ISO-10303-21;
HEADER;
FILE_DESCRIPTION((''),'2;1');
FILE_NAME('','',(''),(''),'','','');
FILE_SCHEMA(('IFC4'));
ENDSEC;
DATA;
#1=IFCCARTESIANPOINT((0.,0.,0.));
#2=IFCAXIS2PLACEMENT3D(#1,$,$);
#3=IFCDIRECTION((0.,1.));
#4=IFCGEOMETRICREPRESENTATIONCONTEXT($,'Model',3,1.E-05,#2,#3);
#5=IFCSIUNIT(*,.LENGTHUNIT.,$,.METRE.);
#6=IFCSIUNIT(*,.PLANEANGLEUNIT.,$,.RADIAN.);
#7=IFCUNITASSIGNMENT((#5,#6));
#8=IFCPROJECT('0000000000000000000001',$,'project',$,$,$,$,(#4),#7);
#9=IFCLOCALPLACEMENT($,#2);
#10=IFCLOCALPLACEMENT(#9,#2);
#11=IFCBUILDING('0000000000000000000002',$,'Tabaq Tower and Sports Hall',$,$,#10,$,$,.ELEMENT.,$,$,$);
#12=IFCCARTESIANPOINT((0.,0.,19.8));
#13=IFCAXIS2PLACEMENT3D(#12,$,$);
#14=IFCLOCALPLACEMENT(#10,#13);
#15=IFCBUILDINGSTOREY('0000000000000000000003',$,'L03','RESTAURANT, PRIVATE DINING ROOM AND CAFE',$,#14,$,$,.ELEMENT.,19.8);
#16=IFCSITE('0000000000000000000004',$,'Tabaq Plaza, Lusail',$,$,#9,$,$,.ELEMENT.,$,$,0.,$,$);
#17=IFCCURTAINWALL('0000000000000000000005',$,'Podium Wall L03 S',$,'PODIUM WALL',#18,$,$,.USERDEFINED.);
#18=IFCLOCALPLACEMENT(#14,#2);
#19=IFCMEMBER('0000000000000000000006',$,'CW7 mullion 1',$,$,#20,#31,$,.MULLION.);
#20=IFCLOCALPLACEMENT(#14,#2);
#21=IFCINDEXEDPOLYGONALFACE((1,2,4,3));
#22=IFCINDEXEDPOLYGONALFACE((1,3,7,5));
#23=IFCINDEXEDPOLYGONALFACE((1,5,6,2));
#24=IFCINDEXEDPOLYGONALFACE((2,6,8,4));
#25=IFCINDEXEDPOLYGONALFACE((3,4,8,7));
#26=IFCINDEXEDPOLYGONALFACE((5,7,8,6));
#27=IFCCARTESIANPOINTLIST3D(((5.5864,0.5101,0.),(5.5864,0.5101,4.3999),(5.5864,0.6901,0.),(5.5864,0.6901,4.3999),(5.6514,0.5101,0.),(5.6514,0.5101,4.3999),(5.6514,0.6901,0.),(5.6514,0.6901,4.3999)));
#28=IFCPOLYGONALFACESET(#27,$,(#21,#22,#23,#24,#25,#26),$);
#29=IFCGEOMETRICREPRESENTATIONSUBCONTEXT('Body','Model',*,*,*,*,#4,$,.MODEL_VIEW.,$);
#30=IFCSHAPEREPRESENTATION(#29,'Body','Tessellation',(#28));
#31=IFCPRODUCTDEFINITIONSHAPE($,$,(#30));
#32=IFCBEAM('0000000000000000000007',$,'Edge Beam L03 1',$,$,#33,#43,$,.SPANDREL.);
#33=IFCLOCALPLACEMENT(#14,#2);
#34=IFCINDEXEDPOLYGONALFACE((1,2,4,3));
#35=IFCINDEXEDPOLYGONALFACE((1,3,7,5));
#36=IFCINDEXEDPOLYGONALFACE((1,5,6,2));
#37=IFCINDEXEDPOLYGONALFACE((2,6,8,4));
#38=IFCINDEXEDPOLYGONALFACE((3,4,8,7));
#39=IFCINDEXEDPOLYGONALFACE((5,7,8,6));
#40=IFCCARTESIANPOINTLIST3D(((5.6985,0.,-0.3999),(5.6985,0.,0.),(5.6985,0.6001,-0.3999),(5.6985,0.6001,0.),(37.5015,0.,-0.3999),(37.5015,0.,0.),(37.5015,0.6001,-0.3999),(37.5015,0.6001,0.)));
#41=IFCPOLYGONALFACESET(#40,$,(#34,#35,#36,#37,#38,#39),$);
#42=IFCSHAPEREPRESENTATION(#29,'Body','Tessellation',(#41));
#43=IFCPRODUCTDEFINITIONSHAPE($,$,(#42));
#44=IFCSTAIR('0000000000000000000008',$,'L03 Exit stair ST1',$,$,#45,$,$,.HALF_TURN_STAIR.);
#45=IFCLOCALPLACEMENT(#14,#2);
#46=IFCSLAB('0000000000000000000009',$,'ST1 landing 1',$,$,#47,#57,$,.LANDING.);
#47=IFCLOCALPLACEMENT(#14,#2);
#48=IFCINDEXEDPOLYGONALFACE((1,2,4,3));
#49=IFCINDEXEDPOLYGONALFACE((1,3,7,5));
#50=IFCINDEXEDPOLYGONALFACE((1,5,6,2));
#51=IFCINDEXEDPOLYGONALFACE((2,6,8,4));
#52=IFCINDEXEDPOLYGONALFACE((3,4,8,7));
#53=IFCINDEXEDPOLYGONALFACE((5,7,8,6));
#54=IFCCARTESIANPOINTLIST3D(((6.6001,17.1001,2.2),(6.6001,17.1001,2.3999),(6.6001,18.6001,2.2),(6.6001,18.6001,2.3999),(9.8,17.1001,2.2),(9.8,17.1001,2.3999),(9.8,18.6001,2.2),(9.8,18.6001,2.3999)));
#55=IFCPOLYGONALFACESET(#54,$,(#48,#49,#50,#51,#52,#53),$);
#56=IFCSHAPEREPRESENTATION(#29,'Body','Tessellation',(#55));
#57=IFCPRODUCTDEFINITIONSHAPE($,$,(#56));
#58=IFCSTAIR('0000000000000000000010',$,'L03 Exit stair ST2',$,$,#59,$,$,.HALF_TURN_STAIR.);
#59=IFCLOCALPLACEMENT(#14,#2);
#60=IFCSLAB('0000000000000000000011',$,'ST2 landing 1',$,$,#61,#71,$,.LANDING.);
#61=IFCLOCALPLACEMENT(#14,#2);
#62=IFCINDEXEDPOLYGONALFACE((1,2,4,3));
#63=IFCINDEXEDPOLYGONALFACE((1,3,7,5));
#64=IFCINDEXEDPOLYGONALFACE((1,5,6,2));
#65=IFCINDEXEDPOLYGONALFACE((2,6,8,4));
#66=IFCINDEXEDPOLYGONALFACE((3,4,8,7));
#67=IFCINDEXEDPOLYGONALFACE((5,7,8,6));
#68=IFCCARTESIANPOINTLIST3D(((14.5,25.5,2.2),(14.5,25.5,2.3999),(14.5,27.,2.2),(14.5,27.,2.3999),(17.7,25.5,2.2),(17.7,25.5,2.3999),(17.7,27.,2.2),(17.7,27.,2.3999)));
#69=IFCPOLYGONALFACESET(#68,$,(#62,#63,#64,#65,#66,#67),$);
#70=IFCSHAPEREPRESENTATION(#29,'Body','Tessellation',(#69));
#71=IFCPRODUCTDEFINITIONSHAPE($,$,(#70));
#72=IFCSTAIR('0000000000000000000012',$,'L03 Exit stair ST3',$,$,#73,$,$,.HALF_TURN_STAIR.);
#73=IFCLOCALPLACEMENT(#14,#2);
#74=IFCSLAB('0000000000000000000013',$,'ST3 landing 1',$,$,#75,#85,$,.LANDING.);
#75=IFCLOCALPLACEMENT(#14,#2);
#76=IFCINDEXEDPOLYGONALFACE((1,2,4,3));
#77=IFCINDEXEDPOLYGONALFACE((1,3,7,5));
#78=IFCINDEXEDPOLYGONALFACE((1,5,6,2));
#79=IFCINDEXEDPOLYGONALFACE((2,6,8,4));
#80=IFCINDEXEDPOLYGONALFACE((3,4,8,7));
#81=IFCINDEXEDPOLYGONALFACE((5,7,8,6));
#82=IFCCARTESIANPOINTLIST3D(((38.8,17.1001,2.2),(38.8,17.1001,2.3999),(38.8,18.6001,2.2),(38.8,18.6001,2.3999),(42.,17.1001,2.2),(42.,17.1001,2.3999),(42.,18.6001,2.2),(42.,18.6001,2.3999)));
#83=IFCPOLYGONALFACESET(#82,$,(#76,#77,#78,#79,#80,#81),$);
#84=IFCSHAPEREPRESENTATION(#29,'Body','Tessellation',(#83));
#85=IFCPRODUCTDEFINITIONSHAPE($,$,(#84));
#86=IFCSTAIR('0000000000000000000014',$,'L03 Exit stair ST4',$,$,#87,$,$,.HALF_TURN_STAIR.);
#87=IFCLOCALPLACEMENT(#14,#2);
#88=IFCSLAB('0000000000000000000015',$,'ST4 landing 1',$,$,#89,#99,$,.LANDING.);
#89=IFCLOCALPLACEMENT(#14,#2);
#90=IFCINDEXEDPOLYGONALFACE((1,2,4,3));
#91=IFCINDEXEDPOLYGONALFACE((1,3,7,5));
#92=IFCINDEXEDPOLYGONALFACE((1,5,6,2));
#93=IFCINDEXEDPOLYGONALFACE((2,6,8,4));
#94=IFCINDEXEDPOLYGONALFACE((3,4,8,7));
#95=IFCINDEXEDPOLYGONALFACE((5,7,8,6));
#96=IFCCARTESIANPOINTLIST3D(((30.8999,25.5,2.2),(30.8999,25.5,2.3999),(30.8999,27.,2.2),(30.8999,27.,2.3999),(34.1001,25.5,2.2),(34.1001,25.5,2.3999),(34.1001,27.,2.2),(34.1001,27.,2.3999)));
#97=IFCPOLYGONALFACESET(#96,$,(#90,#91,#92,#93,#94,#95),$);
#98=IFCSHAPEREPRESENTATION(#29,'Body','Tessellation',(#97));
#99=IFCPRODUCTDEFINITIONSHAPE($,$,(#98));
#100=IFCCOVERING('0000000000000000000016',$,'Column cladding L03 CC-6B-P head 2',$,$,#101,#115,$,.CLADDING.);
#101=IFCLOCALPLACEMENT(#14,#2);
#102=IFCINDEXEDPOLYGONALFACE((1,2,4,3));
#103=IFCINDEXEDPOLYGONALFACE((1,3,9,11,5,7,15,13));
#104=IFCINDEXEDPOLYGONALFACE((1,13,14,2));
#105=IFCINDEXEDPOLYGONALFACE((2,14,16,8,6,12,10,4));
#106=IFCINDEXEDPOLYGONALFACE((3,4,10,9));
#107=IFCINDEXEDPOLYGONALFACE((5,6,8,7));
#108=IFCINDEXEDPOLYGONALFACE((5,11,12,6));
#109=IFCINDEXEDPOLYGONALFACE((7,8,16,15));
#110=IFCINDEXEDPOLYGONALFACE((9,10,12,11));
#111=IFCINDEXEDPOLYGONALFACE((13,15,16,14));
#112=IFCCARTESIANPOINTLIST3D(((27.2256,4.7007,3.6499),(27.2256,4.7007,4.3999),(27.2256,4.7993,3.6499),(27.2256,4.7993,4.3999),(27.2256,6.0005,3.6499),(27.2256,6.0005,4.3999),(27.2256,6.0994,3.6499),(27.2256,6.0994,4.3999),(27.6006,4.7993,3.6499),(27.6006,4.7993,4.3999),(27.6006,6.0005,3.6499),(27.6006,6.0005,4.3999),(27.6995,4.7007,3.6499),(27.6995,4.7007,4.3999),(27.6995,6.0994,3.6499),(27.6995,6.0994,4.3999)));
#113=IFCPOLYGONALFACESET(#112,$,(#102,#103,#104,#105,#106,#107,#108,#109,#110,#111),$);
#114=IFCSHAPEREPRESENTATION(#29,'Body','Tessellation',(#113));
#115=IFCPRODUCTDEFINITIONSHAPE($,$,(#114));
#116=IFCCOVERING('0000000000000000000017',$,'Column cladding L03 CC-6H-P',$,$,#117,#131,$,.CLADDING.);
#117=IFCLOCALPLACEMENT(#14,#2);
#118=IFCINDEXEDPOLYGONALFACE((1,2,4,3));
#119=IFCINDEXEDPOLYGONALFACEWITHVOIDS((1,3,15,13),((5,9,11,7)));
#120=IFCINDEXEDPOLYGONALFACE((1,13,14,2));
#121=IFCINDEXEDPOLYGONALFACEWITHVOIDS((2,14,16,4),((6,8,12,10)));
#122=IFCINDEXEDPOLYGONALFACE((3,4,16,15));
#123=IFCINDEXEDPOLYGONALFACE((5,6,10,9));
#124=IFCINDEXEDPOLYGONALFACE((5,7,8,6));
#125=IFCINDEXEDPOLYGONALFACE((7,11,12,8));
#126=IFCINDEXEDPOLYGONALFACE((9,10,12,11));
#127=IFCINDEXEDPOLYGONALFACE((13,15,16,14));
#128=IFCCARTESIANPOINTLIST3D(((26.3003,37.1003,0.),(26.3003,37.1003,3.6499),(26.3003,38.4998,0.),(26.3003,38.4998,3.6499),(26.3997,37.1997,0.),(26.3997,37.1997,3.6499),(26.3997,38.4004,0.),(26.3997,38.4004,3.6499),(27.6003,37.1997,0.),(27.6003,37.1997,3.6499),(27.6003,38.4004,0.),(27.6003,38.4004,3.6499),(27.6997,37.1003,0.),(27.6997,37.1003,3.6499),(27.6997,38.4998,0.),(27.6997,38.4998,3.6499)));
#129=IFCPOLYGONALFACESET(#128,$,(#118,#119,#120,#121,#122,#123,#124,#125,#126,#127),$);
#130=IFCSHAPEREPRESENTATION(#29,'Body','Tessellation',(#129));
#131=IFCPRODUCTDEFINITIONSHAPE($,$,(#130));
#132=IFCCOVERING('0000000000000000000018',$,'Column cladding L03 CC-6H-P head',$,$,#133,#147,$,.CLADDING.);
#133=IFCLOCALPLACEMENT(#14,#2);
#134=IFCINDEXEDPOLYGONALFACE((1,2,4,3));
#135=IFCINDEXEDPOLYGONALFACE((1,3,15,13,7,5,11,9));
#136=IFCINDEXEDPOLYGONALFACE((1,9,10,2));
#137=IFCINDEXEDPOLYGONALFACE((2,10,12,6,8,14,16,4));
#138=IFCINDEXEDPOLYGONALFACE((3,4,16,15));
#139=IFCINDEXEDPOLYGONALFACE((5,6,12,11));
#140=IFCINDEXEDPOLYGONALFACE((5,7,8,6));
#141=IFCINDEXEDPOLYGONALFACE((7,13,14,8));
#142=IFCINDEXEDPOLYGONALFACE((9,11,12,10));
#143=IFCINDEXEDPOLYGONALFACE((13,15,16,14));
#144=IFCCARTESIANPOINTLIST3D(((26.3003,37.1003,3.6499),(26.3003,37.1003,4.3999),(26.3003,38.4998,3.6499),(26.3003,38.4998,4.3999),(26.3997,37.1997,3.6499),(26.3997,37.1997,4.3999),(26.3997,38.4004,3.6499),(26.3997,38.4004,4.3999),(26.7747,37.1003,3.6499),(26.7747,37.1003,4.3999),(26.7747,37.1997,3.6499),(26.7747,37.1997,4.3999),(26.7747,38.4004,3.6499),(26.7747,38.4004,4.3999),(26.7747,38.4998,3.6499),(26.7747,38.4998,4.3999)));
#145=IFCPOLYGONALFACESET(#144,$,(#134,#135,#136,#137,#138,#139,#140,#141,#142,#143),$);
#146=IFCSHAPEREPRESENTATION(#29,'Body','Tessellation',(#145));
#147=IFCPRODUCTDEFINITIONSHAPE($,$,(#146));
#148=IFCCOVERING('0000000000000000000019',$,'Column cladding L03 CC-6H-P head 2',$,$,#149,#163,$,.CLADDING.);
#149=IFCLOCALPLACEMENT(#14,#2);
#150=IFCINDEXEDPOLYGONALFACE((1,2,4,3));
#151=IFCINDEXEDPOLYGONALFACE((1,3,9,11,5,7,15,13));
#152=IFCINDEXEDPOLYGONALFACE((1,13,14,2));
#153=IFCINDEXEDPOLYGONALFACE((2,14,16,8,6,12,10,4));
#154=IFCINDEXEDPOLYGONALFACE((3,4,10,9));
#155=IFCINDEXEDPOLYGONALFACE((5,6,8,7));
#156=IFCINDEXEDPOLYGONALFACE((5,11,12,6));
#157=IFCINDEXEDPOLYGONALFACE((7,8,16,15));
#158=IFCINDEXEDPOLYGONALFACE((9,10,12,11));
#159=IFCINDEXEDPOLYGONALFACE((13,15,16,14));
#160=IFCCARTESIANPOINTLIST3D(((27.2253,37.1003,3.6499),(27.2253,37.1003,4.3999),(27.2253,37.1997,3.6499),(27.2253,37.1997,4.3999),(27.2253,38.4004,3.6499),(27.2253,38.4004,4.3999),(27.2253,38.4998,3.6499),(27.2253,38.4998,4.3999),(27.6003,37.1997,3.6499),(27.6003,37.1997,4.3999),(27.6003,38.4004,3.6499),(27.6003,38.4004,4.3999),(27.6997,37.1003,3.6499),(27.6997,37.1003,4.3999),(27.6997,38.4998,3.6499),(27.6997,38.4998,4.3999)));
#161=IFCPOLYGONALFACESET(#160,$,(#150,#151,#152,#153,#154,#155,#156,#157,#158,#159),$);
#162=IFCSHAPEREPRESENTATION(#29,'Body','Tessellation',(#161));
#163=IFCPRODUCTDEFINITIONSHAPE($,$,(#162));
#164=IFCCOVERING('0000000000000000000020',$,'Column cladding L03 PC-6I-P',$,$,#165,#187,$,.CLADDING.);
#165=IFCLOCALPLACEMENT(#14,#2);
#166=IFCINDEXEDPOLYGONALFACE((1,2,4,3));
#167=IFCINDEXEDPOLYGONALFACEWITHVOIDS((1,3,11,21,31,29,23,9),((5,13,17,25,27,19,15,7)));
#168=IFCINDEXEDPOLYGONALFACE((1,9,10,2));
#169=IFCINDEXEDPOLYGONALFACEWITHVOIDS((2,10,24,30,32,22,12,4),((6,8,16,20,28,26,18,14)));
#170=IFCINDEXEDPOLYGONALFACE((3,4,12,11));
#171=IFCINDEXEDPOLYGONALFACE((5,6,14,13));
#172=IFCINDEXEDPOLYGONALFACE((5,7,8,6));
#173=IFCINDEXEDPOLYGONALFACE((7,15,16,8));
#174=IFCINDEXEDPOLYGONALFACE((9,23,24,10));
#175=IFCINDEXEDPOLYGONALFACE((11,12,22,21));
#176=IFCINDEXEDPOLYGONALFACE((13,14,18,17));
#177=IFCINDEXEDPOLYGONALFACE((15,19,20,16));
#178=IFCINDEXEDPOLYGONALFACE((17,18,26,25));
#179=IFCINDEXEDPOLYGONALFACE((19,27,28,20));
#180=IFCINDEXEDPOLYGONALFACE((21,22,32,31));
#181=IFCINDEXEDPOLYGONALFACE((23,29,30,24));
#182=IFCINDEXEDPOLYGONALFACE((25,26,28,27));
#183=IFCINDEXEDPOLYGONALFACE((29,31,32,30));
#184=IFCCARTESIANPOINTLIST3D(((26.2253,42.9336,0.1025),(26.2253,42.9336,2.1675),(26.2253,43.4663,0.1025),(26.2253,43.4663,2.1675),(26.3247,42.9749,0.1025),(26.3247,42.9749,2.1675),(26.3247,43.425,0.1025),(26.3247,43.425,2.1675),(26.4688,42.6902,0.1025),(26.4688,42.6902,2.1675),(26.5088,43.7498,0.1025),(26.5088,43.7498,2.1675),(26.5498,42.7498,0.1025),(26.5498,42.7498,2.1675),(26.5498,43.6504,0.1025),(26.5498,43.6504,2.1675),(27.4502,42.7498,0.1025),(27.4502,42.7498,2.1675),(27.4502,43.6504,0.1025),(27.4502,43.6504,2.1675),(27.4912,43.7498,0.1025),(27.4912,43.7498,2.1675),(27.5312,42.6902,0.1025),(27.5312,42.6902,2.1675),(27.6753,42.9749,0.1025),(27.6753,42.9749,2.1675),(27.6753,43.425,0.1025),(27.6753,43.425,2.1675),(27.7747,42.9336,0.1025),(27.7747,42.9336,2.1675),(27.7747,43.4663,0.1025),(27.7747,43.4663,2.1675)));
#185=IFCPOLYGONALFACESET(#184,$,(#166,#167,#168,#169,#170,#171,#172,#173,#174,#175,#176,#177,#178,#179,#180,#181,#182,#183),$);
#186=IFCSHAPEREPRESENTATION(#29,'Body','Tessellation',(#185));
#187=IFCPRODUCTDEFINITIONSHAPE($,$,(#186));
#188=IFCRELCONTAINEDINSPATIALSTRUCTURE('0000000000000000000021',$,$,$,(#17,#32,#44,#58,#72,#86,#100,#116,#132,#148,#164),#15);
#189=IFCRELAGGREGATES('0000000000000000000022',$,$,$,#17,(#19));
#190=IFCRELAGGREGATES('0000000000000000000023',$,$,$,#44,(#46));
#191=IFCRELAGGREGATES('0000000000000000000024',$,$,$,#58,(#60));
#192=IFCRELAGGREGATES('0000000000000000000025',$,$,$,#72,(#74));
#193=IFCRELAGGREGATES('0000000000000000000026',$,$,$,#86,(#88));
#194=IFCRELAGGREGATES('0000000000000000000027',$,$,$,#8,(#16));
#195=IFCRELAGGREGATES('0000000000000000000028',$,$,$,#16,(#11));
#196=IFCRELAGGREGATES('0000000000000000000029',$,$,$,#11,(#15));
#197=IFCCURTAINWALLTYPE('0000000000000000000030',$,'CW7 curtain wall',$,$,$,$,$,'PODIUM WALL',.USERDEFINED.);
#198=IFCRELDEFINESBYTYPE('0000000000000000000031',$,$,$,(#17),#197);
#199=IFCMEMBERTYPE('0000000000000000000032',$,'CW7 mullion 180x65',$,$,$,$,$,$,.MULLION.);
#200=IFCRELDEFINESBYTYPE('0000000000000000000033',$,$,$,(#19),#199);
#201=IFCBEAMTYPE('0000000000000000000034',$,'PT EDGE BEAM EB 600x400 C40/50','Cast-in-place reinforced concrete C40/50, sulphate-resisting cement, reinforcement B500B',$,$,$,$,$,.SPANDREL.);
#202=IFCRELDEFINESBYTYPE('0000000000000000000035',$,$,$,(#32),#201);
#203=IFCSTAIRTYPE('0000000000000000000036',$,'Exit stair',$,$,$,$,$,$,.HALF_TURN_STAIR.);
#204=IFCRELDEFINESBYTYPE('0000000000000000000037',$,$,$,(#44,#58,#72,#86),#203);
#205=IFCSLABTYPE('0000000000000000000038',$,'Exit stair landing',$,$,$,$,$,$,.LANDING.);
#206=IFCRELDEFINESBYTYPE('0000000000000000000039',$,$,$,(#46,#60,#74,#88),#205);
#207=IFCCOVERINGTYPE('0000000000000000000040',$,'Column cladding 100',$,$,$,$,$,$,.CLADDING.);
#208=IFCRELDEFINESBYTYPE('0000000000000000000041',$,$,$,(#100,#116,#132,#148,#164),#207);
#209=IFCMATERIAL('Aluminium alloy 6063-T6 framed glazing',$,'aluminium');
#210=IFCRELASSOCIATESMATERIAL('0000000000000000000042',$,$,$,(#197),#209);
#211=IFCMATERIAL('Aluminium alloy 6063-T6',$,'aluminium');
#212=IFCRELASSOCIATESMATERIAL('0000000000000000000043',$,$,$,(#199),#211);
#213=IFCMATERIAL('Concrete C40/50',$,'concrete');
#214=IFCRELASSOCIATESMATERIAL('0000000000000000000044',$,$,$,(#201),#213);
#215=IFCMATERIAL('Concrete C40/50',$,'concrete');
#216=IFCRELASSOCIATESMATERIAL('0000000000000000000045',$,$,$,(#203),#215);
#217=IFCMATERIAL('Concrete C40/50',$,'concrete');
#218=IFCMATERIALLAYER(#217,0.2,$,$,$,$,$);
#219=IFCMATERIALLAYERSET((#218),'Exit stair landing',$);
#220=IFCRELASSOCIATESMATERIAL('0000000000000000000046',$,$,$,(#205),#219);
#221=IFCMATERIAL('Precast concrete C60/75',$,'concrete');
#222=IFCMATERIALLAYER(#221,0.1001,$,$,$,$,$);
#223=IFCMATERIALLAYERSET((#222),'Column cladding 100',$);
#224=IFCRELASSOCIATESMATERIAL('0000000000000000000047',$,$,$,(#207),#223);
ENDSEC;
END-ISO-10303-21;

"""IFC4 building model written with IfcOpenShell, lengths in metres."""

from ifc_helpers import new_model, si_unit, direction, frame, origin, origin_2d, place, context, subcontext, project, spatial, polyline, rectangle, outline, extrude, material, layer, layer_set, material_profile, profile_set, type_object, element, aggregate, save


model = new_model("IFC4")

# Units and contexts
model_context = context("Model", 3, precision=1e-05, world=origin(), true_north=direction((0.0, 1.0)))
body_context = subcontext(model_context, "Body", "Model", "MODEL_VIEW")
ifc_project = project(units=[si_unit("LENGTHUNIT", "METRE"), si_unit("PLANEANGLEUNIT", "RADIAN")], contexts=[model_context])

# Site, building, storey
site_placement = place(None, origin())
site = spatial("IfcSite", under=ifc_project, at=site_placement, Name="Tabaq Plaza, Lusail", CompositionType="ELEMENT", RefElevation=0.0)
building_placement = place(site_placement, origin())
building = spatial("IfcBuilding", under=site, at=building_placement, Name="Tabaq Tower and Sports Hall", CompositionType="ELEMENT")
storey_placement = place(building_placement, frame((0.0, 0.0, 19.8)))
storey = spatial("IfcBuildingStorey", under=building, at=storey_placement, Name="L03", Description="RESTAURANT, PRIVATE DINING ROOM AND CAFE", CompositionType="ELEMENT", Elevation=19.8)

# Curtain wall, member
ifc_material_1 = material(Name="Aluminium alloy 6063-T6 framed glazing", Category="aluminium")
curtain_wall_type = type_object("IfcCurtainWallType", Name="CW7 curtain wall", ElementType="PODIUM WALL", PredefinedType="USERDEFINED", material=ifc_material_1)
curtain_wall_placement = place(storey_placement, origin())
curtain_wall = element("IfcCurtainWall", 1, at=curtain_wall_placement, inside=storey, type_object=curtain_wall_type, Name="Podium Wall L03 S", ObjectType="PODIUM WALL", PredefinedType="USERDEFINED")
ifc_material_2 = material(Name="Aluminium alloy 6063-T6", Category="aluminium")
ifc_material_profile_1 = material_profile(ifc_material_2, rectangle(XDim=0.1799, YDim=0.0649, at=origin_2d()), Name="MULLION 180x65")
ifc_profile_set_1 = profile_set([ifc_material_profile_1], Name="Aluminium alloy 6063-T6")
member_type = type_object("IfcMemberType", Name="CW7 mullion 180x65", PredefinedType="MULLION", material=ifc_profile_set_1)
member_placement = place(storey_placement, frame((5.6189, 0.6001, 0.0), z_axis=(0.0, 0.0, 1.0), x_axis=(0.0, 1.0, 0.0)))
member = element("IfcMember", 2, at=member_placement, type_object=member_type, Name="CW7 mullion 1", PredefinedType="MULLION", context=body_context, shape_type="SweptSolid", body=[
    extrude(rectangle(XDim=0.1799, YDim=0.0649, at=origin_2d()), origin(), (0.0, 0.0, 1.0), 4.3999),
])
aggregate(curtain_wall, [member])

# Beam
ifc_material_3 = material(Name="Concrete C40/50", Category="concrete")
ifc_material_profile_2 = material_profile(ifc_material_3, rectangle(XDim=0.6001, YDim=0.3999, at=origin_2d()), Name="EB 600x400")
ifc_profile_set_2 = profile_set([ifc_material_profile_2], Name="Concrete C40/50")
beam_type = type_object("IfcBeamType", Name="PT EDGE BEAM EB 600x400 C40/50", Description="Cast-in-place reinforced concrete C40/50, sulphate-resisting cement, reinforcement B500B", PredefinedType="SPANDREL", material=ifc_profile_set_2)
beam_placement = place(storey_placement, frame((5.6985, 0.3, -0.2), z_axis=(1.0, 0.0, 0.0), x_axis=(0.0, 1.0, 0.0)))
element("IfcBeam", 3, at=beam_placement, inside=storey, type_object=beam_type, Name="Edge Beam L03 1", PredefinedType="SPANDREL", context=body_context, shape_type="SweptSolid", body=[
    extrude(rectangle(XDim=0.6001, YDim=0.3999, at=origin_2d()), origin(), (0.0, 0.0, 1.0), 31.803),
])

# Stairs, slabs
ifc_material_4 = material(Name="Concrete C40/50", Category="concrete")
stair_type = type_object("IfcStairType", Name="Exit stair", PredefinedType="HALF_TURN_STAIR", material=ifc_material_4)
stair_1_placement = place(storey_placement, origin())
stair_1 = element("IfcStair", 4, at=stair_1_placement, inside=storey, type_object=stair_type, Name="L03 Exit stair ST1", PredefinedType="HALF_TURN_STAIR")
ifc_material_5 = material(Name="Concrete C40/50", Category="concrete")
ifc_layer_1 = layer(ifc_material_5, 0.2)
ifc_layer_set_1 = layer_set([ifc_layer_1], Name="Exit stair landing")
slab_type = type_object("IfcSlabType", Name="Exit stair landing", PredefinedType="LANDING", material=ifc_layer_set_1)
slab_1_placement = place(storey_placement, frame((0.0, 0.0, 2.2)))
slab_1 = element("IfcSlab", 5, at=slab_1_placement, type_object=slab_type, Name="ST1 landing 1", PredefinedType="LANDING", context=body_context, shape_type="SweptSolid", body=[
    extrude(outline(polyline([(6.6001, 18.6001), (6.6001, 17.1001), (9.8, 17.1001), (9.8, 18.6001), (6.6001, 18.6001)])), origin(), (0.0, 0.0, 1.0), 0.2),
])
aggregate(stair_1, [slab_1])
stair_2_placement = place(storey_placement, origin())
stair_2 = element("IfcStair", 6, at=stair_2_placement, inside=storey, type_object=stair_type, Name="L03 Exit stair ST2", PredefinedType="HALF_TURN_STAIR")
slab_2_placement = place(storey_placement, frame((0.0, 0.0, 2.2)))
slab_2 = element("IfcSlab", 7, at=slab_2_placement, type_object=slab_type, Name="ST2 landing 1", PredefinedType="LANDING", context=body_context, shape_type="SweptSolid", body=[
    extrude(outline(polyline([(14.5, 27.0), (14.5, 25.5), (17.7, 25.5), (17.7, 27.0), (14.5, 27.0)])), origin(), (0.0, 0.0, 1.0), 0.2),
])
aggregate(stair_2, [slab_2])
stair_3_placement = place(storey_placement, origin())
stair_3 = element("IfcStair", 8, at=stair_3_placement, inside=storey, type_object=stair_type, Name="L03 Exit stair ST3", PredefinedType="HALF_TURN_STAIR")
slab_3_placement = place(storey_placement, frame((0.0, 0.0, 2.2)))
slab_3 = element("IfcSlab", 9, at=slab_3_placement, type_object=slab_type, Name="ST3 landing 1", PredefinedType="LANDING", context=body_context, shape_type="SweptSolid", body=[
    extrude(outline(polyline([(38.8, 18.6001), (38.8, 17.1001), (42.0, 17.1001), (42.0, 18.6001), (38.8, 18.6001)])), origin(), (0.0, 0.0, 1.0), 0.2),
])
aggregate(stair_3, [slab_3])
stair_4_placement = place(storey_placement, origin())
stair_4 = element("IfcStair", 10, at=stair_4_placement, inside=storey, type_object=stair_type, Name="L03 Exit stair ST4", PredefinedType="HALF_TURN_STAIR")
slab_4_placement = place(storey_placement, frame((0.0, 0.0, 2.2)))
slab_4 = element("IfcSlab", 11, at=slab_4_placement, type_object=slab_type, Name="ST4 landing 1", PredefinedType="LANDING", context=body_context, shape_type="SweptSolid", body=[
    extrude(outline(polyline([(30.8999, 27.0), (30.8999, 25.5), (34.1001, 25.5), (34.1001, 27.0), (30.8999, 27.0)])), origin(), (0.0, 0.0, 1.0), 0.2),
])
aggregate(stair_4, [slab_4])

# Coverings
ifc_material_6 = material(Name="Precast concrete C60/75", Category="concrete")
ifc_layer_2 = layer(ifc_material_6, 0.1001)
ifc_layer_set_2 = layer_set([ifc_layer_2], Name="Column cladding 100")
covering_type_1 = type_object("IfcCoveringType", Name="Column cladding 100", PredefinedType="CLADDING", material=ifc_layer_set_2)
covering_1_placement = place(storey_placement, frame((0.0, 0.0, 3.6499)))
element("IfcCovering", 12, at=covering_1_placement, inside=storey, type_object=covering_type_1, Name="Column cladding L03 CC-6B-P head 2", PredefinedType="CLADDING", context=body_context, shape_type="SweptSolid", body=[
    extrude(outline(polyline([(27.2256, 4.7993), (27.6006, 4.7993), (27.6006, 6.0005), (27.2256, 6.0005), (27.2256, 6.0994), (27.6995, 6.0994), (27.6995, 4.7007), (27.2256, 4.7007), (27.2256, 4.7993)])), origin(), (0.0, 0.0, 1.0), 0.75),
])
covering_2_placement = place(storey_placement, origin())
element("IfcCovering", 13, at=covering_2_placement, inside=storey, type_object=covering_type_1, Name="Column cladding L03 CC-6H-P", PredefinedType="CLADDING", context=body_context, shape_type="SweptSolid", body=[
    extrude(outline(polyline([(26.3003, 38.4998), (27.6997, 38.4998), (27.6997, 37.1003), (26.3003, 37.1003), (26.3003, 38.4998)]), holes=[polyline([(27.6003, 37.1997), (27.6003, 38.4004), (26.3997, 38.4004), (26.3997, 37.1997), (27.6003, 37.1997)])]), origin(), (0.0, 0.0, 1.0), 3.6499),
])
covering_3_placement = place(storey_placement, frame((0.0, 0.0, 3.6499)))
element("IfcCovering", 14, at=covering_3_placement, inside=storey, type_object=covering_type_1, Name="Column cladding L03 CC-6H-P head", PredefinedType="CLADDING", context=body_context, shape_type="SweptSolid", body=[
    extrude(outline(polyline([(26.7747, 38.4998), (26.7747, 38.4004), (26.3997, 38.4004), (26.3997, 37.1997), (26.7747, 37.1997), (26.7747, 37.1003), (26.3003, 37.1003), (26.3003, 38.4998), (26.7747, 38.4998)])), origin(), (0.0, 0.0, 1.0), 0.75),
])
covering_4_placement = place(storey_placement, frame((0.0, 0.0, 3.6499)))
element("IfcCovering", 15, at=covering_4_placement, inside=storey, type_object=covering_type_1, Name="Column cladding L03 CC-6H-P head 2", PredefinedType="CLADDING", context=body_context, shape_type="SweptSolid", body=[
    extrude(outline(polyline([(27.6997, 38.4998), (27.6997, 37.1003), (27.2253, 37.1003), (27.2253, 37.1997), (27.6003, 37.1997), (27.6003, 38.4004), (27.2253, 38.4004), (27.2253, 38.4998), (27.6997, 38.4998)])), origin(), (0.0, 0.0, 1.0), 0.75),
])
covering_5_placement = place(storey_placement, frame((0.0, 0.0, 0.1025)))
element("IfcCovering", 16, at=covering_5_placement, inside=storey, type_object=covering_type_1, Name="Column cladding L03 PC-6I-P", PredefinedType="CLADDING", context=body_context, shape_type="SweptSolid", body=[
    extrude(outline(polyline([(26.2253, 43.4663), (26.5088, 43.7498), (27.4912, 43.7498), (27.7747, 43.4663), (27.7747, 42.9336), (27.5312, 42.6902), (26.4688, 42.6902), (26.2253, 42.9336), (26.2253, 43.4663)]), holes=[polyline([(27.6753, 42.9749), (27.6753, 43.425), (27.4502, 43.6504), (26.5498, 43.6504), (26.3247, 43.425), (26.3247, 42.9749), (26.5498, 42.7498), (27.4502, 42.7498), (27.6753, 42.9749)])]), origin(), (0.0, 0.0, 1.0), 2.0649),
])

save(model, "model.ifc")
